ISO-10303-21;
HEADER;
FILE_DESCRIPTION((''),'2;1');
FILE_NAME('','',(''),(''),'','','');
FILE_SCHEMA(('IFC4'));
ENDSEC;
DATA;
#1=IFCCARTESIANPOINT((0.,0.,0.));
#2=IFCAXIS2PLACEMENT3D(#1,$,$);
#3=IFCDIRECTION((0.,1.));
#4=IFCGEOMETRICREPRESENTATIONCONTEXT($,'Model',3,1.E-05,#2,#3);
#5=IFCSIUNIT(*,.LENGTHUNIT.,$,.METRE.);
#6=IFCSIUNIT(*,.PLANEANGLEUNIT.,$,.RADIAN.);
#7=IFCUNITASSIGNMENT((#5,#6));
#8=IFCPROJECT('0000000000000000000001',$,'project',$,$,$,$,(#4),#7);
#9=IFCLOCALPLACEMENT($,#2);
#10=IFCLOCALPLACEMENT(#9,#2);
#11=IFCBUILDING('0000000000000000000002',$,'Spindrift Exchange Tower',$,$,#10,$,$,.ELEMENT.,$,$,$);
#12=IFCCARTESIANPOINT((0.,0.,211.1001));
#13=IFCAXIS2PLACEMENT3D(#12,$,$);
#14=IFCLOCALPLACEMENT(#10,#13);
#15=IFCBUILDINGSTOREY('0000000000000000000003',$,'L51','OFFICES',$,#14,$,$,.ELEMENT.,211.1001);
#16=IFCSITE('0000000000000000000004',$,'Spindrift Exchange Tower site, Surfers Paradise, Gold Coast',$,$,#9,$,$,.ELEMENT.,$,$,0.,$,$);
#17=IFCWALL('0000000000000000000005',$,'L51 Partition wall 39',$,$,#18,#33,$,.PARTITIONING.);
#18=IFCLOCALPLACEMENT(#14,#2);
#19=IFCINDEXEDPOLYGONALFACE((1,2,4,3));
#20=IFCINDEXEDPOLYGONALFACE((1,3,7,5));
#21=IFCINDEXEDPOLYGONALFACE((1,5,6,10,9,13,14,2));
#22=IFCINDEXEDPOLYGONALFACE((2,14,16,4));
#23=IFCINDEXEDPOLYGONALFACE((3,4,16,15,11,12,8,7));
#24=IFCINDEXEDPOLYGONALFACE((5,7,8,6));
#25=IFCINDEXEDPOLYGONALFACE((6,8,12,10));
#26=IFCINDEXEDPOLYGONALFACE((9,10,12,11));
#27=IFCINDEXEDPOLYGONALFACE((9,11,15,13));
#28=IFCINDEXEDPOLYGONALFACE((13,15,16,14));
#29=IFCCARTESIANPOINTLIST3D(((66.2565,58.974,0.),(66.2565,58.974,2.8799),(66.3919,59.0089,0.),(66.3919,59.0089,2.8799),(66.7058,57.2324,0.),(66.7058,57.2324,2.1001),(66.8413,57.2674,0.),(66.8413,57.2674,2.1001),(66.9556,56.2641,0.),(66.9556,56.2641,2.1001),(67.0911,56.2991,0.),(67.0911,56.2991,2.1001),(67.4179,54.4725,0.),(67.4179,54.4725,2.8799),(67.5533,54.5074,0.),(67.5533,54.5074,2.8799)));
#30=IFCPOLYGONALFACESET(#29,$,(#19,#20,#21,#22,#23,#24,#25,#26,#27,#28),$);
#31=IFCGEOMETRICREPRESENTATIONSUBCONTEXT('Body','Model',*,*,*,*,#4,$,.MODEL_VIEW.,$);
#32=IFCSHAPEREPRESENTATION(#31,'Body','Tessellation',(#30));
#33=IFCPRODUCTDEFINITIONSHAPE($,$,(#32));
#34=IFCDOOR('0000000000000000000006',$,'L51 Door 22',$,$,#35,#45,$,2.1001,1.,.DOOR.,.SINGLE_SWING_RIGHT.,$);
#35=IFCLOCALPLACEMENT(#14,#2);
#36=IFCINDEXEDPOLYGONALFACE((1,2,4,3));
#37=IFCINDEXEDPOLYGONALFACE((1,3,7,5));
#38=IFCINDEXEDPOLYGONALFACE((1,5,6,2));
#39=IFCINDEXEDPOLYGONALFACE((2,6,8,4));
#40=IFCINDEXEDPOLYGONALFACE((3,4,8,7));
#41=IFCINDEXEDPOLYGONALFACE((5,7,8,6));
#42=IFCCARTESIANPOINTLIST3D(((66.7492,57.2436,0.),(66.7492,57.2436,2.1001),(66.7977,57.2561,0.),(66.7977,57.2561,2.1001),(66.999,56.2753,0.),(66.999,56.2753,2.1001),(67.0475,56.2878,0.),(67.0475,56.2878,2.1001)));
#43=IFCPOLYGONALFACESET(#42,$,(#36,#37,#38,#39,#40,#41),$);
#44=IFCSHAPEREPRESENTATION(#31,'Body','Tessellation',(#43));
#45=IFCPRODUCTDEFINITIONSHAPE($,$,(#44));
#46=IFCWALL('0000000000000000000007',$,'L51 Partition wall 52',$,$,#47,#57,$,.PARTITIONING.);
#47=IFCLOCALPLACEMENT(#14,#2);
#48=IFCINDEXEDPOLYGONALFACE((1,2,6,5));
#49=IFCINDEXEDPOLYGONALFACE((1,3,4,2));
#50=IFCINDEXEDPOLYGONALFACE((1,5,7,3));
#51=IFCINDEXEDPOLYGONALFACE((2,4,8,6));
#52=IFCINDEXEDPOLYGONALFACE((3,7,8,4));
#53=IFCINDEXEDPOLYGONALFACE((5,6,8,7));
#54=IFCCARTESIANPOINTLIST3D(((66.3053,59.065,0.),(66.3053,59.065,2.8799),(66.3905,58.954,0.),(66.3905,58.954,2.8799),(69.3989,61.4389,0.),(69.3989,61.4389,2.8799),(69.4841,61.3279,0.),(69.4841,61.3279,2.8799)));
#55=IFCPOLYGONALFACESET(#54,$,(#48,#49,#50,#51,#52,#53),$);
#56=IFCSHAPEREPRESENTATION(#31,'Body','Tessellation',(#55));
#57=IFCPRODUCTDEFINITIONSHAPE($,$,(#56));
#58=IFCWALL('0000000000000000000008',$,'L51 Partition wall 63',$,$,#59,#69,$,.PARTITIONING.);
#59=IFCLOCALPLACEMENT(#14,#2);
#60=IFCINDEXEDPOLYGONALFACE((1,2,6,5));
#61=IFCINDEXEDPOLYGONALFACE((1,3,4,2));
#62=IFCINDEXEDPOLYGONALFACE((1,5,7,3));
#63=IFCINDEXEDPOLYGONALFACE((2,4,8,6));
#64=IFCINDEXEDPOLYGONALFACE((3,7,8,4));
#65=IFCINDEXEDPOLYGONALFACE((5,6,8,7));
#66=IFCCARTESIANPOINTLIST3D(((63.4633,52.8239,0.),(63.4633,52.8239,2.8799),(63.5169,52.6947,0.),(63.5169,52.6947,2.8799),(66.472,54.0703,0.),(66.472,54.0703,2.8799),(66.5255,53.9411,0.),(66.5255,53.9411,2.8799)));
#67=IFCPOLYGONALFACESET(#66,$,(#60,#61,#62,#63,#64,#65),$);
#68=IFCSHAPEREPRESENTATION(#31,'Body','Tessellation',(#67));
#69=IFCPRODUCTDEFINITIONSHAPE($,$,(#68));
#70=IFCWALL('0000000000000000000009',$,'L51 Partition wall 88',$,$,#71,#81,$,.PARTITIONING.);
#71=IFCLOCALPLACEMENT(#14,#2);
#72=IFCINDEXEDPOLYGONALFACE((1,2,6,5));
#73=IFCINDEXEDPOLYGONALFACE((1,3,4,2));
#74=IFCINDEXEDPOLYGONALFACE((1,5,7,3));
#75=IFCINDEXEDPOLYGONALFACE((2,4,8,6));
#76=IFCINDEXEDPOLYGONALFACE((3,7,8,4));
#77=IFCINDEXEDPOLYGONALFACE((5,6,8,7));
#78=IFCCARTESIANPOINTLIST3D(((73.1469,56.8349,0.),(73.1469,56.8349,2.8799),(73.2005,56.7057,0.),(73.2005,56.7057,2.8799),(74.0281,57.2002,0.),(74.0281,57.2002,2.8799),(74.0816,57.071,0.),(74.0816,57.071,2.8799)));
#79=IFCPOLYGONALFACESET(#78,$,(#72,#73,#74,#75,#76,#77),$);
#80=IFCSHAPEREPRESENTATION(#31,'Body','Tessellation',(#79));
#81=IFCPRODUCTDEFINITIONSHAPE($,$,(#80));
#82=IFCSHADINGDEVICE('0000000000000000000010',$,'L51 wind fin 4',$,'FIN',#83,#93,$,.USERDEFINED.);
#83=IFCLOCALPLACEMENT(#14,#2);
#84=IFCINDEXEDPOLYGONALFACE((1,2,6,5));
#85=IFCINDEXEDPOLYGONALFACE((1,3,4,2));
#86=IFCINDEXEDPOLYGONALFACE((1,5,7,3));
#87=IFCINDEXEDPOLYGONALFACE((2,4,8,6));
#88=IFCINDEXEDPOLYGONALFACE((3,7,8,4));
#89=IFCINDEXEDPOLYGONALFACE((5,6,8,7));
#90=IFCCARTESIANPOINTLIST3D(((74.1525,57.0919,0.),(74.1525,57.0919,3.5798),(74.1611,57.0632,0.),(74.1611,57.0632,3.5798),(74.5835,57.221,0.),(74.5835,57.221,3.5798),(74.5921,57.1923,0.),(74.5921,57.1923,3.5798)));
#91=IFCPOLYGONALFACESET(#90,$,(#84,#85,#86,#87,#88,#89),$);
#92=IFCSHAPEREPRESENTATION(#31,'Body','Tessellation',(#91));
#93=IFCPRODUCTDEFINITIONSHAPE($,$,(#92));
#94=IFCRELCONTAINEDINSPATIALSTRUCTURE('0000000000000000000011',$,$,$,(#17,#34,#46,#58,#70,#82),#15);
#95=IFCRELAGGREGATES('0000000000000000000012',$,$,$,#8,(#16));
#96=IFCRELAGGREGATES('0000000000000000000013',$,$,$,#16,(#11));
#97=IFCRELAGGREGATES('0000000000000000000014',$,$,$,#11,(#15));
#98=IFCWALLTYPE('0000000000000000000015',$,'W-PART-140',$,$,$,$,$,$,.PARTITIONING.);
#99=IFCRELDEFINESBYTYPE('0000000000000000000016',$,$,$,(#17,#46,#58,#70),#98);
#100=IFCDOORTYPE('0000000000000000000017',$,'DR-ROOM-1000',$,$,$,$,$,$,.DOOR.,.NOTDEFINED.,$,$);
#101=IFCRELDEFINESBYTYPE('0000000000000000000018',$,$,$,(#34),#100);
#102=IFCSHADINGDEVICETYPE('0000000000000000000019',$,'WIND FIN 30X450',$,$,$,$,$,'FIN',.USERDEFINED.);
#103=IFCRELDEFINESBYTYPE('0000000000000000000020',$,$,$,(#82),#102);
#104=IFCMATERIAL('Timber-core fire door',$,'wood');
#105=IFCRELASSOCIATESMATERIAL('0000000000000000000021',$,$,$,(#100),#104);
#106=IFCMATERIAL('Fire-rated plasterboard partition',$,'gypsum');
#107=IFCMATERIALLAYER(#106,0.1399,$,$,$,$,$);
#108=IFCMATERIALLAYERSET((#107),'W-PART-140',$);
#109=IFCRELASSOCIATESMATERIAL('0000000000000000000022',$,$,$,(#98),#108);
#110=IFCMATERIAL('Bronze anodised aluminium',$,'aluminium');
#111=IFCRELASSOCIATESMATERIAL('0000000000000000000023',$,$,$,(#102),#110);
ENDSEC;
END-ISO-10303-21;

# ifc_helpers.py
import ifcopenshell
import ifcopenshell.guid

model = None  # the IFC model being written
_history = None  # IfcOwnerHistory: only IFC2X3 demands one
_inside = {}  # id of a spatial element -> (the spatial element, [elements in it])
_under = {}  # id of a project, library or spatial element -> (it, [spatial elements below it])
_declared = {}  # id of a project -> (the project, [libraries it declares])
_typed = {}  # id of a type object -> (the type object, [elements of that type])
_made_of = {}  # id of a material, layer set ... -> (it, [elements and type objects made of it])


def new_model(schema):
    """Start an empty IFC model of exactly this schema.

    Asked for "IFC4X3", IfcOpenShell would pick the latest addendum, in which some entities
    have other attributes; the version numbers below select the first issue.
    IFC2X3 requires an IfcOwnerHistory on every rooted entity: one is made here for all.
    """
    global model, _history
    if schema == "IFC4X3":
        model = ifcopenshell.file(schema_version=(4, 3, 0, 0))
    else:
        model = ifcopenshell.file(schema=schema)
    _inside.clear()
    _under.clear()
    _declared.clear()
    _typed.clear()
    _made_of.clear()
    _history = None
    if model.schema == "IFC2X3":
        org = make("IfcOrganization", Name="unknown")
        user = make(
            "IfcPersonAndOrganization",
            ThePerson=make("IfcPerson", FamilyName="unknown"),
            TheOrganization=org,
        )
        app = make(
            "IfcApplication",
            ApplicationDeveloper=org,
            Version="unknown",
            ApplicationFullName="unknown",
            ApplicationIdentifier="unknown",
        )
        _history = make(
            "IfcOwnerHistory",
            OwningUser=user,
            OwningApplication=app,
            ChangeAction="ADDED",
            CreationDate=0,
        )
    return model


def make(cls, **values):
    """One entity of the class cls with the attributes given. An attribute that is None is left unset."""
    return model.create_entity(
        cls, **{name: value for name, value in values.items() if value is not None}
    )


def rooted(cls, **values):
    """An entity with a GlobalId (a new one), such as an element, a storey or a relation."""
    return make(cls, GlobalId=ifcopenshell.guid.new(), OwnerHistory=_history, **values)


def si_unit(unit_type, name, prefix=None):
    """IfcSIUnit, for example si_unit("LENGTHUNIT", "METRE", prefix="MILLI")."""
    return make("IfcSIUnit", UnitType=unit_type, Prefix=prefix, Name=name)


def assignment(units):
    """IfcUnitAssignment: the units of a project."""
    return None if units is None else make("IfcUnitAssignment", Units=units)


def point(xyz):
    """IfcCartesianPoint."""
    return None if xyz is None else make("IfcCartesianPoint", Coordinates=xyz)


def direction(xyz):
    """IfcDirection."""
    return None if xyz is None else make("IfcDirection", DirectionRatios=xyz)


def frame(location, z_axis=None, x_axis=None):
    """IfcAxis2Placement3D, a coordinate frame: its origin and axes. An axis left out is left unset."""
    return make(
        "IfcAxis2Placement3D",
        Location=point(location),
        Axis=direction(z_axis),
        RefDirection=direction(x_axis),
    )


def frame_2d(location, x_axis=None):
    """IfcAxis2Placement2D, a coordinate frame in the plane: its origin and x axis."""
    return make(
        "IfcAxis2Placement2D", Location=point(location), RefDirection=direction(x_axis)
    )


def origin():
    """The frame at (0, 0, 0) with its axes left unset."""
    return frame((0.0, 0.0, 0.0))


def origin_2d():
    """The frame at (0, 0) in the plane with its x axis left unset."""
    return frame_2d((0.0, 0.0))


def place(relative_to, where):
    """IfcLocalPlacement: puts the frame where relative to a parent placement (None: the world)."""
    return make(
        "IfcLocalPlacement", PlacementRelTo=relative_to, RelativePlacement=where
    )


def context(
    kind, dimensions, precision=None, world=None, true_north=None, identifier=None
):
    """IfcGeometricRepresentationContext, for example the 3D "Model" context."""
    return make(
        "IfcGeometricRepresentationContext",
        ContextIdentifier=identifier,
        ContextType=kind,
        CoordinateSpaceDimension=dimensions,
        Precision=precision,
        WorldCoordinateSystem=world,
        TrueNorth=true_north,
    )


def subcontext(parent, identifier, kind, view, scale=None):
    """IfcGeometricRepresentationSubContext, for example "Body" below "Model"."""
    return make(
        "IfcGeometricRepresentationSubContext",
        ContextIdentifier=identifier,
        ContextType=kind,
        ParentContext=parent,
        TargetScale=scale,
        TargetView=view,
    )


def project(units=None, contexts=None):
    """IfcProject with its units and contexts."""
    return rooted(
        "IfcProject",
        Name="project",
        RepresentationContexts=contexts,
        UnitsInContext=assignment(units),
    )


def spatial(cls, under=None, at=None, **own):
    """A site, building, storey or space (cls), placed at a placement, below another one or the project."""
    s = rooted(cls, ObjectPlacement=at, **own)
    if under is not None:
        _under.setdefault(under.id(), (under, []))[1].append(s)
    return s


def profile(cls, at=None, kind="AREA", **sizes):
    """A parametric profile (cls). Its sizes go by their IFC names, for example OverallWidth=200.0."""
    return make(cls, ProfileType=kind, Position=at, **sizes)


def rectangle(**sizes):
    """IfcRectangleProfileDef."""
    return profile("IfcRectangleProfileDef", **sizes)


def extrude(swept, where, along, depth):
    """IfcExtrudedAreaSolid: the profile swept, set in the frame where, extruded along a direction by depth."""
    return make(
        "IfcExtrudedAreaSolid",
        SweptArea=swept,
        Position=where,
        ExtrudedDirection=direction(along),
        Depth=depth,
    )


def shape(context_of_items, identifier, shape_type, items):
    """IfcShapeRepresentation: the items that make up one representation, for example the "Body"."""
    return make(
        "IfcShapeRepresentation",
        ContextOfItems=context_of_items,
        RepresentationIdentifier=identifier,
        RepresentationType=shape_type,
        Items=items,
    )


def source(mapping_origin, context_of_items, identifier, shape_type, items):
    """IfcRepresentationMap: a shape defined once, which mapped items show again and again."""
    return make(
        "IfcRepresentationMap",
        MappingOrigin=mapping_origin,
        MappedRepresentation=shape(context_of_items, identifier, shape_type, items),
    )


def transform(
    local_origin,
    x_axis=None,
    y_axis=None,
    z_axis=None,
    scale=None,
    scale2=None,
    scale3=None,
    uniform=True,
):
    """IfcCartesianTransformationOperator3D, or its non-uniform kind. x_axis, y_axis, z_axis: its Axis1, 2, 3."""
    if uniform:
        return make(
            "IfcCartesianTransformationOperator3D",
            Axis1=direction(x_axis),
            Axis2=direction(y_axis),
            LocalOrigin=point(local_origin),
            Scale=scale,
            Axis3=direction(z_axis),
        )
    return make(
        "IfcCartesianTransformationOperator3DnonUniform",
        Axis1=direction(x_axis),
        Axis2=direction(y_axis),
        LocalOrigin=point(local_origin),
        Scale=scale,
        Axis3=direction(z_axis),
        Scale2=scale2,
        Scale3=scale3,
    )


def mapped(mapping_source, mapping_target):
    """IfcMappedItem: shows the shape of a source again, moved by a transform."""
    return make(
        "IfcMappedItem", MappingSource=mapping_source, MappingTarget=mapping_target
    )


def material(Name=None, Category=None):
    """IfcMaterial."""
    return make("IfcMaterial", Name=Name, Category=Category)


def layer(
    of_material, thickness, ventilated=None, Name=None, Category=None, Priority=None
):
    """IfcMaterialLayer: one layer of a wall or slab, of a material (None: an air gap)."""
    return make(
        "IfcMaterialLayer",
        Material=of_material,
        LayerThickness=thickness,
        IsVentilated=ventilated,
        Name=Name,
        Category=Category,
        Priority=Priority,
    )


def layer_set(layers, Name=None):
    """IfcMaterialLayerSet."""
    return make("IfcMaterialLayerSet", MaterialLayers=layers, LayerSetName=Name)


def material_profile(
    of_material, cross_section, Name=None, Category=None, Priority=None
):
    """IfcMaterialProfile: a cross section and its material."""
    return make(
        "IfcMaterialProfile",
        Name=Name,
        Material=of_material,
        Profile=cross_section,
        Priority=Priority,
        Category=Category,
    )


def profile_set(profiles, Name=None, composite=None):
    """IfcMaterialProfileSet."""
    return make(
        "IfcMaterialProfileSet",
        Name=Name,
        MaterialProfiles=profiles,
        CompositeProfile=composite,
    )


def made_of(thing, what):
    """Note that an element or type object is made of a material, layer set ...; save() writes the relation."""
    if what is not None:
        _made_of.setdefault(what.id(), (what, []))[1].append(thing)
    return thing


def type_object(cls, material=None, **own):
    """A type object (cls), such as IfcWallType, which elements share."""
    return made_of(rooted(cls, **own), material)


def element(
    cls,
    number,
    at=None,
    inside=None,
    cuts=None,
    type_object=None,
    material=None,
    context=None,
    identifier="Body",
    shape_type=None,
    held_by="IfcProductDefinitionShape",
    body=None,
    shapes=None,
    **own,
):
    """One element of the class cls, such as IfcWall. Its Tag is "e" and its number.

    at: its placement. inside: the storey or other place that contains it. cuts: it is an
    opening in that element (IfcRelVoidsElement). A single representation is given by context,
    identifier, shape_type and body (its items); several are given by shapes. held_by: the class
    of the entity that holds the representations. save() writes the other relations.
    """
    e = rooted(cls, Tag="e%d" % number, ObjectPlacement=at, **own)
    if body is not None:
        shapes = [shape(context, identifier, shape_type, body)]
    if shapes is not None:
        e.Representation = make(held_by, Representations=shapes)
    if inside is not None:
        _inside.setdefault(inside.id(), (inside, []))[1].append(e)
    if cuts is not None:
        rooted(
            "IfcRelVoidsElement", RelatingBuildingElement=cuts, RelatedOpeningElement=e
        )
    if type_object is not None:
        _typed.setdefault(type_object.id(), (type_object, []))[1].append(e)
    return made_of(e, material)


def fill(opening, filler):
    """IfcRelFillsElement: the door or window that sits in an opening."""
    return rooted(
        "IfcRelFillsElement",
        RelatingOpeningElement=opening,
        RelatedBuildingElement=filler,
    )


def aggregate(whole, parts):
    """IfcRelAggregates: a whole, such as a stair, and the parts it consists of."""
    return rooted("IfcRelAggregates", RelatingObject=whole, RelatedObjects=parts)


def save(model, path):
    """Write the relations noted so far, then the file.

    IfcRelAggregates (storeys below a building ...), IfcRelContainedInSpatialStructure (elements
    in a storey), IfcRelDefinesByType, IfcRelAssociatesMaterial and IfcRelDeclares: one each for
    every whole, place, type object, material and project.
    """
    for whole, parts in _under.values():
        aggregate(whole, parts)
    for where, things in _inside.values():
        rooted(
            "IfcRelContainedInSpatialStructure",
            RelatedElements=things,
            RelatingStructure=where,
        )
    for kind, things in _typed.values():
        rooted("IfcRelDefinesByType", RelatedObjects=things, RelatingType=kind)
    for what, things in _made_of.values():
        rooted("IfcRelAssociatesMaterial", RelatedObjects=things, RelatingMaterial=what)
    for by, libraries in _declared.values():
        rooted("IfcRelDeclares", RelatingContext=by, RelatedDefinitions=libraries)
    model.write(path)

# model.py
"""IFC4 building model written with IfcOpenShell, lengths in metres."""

from ifc_helpers import new_model, si_unit, direction, frame, frame_2d, origin, origin_2d, place, context, subcontext, project, spatial, rectangle, extrude, source, transform, mapped, material, layer, layer_set, material_profile, profile_set, type_object, element, fill, save


model = new_model("IFC4")

# Units and contexts
model_context = context("Model", 3, precision=1e-05, world=origin(), true_north=direction((0.0, 1.0)))
body_context = subcontext(model_context, "Body", "Model", "MODEL_VIEW")
ifc_project = project(units=[si_unit("LENGTHUNIT", "METRE"), si_unit("PLANEANGLEUNIT", "RADIAN")], contexts=[model_context])

# Site, building, storey
site_placement = place(None, origin())
site = spatial("IfcSite", under=ifc_project, at=site_placement, Name="Spindrift Exchange Tower site, Surfers Paradise, Gold Coast", CompositionType="ELEMENT", RefElevation=0.0)
building_placement = place(site_placement, origin())
building = spatial("IfcBuilding", under=site, at=building_placement, Name="Spindrift Exchange Tower", CompositionType="ELEMENT")
storey_placement = place(building_placement, frame((0.0, 0.0, 211.1001)))
storey = spatial("IfcBuildingStorey", under=building, at=storey_placement, Name="L51", Description="OFFICES", CompositionType="ELEMENT", Elevation=211.1001)

# Shared definitions
ifc_material_1 = material(Name="Bronze anodised aluminium", Category="aluminium")

# Shared definitions
ifc_material_2 = material(Name="Fire-rated plasterboard partition", Category="gypsum")
ifc_material_3 = material(Name="Timber-core fire door", Category="wood")
door_type_1 = type_object("IfcDoorType", Name="DR-ROOM-1000", OperationType="NOTDEFINED", PredefinedType="DOOR", material=ifc_material_3)
shared_shape_1 = source(origin(), body_context, "Body", "SweptSolid", [
    extrude(rectangle(XDim=1.0, YDim=2.1001, at=frame_2d((0.5, 1.05))), frame((0.0, 0.0249, 0.0), z_axis=(0.0, -1.0, 0.0), x_axis=(1.0, 0.0, 0.0)), (0.0, 0.0, 1.0), 0.05),
])

# Wall, opening, door
ifc_layer_1 = layer(ifc_material_2, 0.1399)
ifc_layer_set_1 = layer_set([ifc_layer_1], Name="W-PART-140")
wall_type_1 = type_object("IfcWallType", Name="W-PART-140", PredefinedType="PARTITIONING", material=ifc_layer_set_1)
wall_1_placement = place(storey_placement, frame((66.3242, 58.9915, 0.0), z_axis=(0.0, 0.0, 1.0), x_axis=(0.249819, -0.968292, 0.0)))
wall_1 = element("IfcWall", 1, at=wall_1_placement, inside=storey, type_object=wall_type_1, Name="L51 Partition wall 39", PredefinedType="PARTITIONING", context=body_context, shape_type="SweptSolid", body=[
    extrude(rectangle(XDim=4.6489, YDim=0.1399, at=frame_2d((2.3245, 0.0))), origin(), (0.0, 0.0, 1.0), 2.8799),
])
opening_1_placement = place(wall_1_placement, frame((1.7986, 0.0, 0.0)))
opening_1 = element("IfcOpeningElement", 2, at=opening_1_placement, cuts=wall_1, PredefinedType="OPENING", context=body_context, shape_type="SweptSolid", body=[
    extrude(rectangle(XDim=1.0, YDim=2.1001, at=frame_2d((0.5, 1.05))), frame((0.0, 0.0798, 0.0), z_axis=(0.0, -1.0, 0.0), x_axis=(1.0, 0.0, 0.0)), (0.0, 0.0, 1.0), 0.1599),
])
door_1_placement = place(opening_1_placement, origin())
door_1 = element("IfcDoor", 3, at=door_1_placement, inside=storey, type_object=door_type_1, Name="L51 Door 22", OperationType="SINGLE_SWING_RIGHT", OverallHeight=2.1001, OverallWidth=1.0, PredefinedType="DOOR", context=body_context, shape_type="MappedRepresentation", body=[
    mapped(shared_shape_1, transform((0.0, 0.0, 0.0), scale=1.0)),
])
fill(opening_1, door_1)

# Walls
wall_2_placement = place(storey_placement, frame((66.3479, 59.0095, 0.0), z_axis=(0.0, 0.0, 1.0), x_axis=(0.793347, 0.608769, 0.0)))
element("IfcWall", 4, at=wall_2_placement, inside=storey, type_object=wall_type_1, Name="L51 Partition wall 52", PredefinedType="PARTITIONING", context=body_context, shape_type="SweptSolid", body=[
    extrude(rectangle(XDim=3.8994, YDim=0.1399, at=frame_2d((1.9497, 0.0))), origin(), (0.0, 0.0, 1.0), 2.8799),
])
wall_3_placement = place(storey_placement, frame((63.49, 52.7593, 0.0), z_axis=(0.0, 0.0, 1.0), x_axis=(0.923862, 0.382725, 0.0)))
element("IfcWall", 5, at=wall_3_placement, inside=storey, type_object=wall_type_1, Name="L51 Partition wall 63", PredefinedType="PARTITIONING", context=body_context, shape_type="SweptSolid", body=[
    extrude(rectangle(XDim=3.2566, YDim=0.1399, at=frame_2d((1.6284, 0.0))), origin(), (0.0, 0.0, 1.0), 2.8799),
])
wall_4_placement = place(storey_placement, frame((73.1736, 56.7703, 0.0), z_axis=(0.0, 0.0, 1.0), x_axis=(0.92378, 0.382924, 0.0)))
element("IfcWall", 6, at=wall_4_placement, inside=storey, type_object=wall_type_1, Name="L51 Partition wall 88", PredefinedType="PARTITIONING", context=body_context, shape_type="SweptSolid", body=[
    extrude(rectangle(XDim=0.9539, YDim=0.1399, at=frame_2d((0.4771, 0.0))), origin(), (0.0, 0.0, 1.0), 2.8799),
])

# Shading device
ifc_material_profile_1 = material_profile(ifc_material_1, rectangle(XDim=0.03, YDim=0.45, at=origin_2d()), Name="WIND FIN 30X450")
ifc_profile_set_1 = profile_set([ifc_material_profile_1], Name="Bronze anodised aluminium")
shading_device_type = type_object("IfcShadingDeviceType", Name="WIND FIN 30X450", ElementType="FIN", PredefinedType="USERDEFINED", material=ifc_profile_set_1)
shared_shape_2 = source(origin(), body_context, "Body", "SweptSolid", [
    extrude(rectangle(XDim=0.03, YDim=0.45, at=origin_2d()), origin(), (0.0, 0.0, 1.0), 3.5798),
])
shading_device_placement = place(storey_placement, frame((74.3723, 57.1421, 0.0), z_axis=(0.0, 0.0, 1.0), x_axis=(-0.286901, 0.95796, 0.0)))
element("IfcShadingDevice", 7, at=shading_device_placement, inside=storey, type_object=shading_device_type, Name="L51 wind fin 4", ObjectType="FIN", PredefinedType="USERDEFINED", context=body_context, shape_type="MappedRepresentation", body=[
    mapped(shared_shape_2, transform((0.0, 0.0, 0.0), scale=1.0)),
])

save(model, "model.ifc")
